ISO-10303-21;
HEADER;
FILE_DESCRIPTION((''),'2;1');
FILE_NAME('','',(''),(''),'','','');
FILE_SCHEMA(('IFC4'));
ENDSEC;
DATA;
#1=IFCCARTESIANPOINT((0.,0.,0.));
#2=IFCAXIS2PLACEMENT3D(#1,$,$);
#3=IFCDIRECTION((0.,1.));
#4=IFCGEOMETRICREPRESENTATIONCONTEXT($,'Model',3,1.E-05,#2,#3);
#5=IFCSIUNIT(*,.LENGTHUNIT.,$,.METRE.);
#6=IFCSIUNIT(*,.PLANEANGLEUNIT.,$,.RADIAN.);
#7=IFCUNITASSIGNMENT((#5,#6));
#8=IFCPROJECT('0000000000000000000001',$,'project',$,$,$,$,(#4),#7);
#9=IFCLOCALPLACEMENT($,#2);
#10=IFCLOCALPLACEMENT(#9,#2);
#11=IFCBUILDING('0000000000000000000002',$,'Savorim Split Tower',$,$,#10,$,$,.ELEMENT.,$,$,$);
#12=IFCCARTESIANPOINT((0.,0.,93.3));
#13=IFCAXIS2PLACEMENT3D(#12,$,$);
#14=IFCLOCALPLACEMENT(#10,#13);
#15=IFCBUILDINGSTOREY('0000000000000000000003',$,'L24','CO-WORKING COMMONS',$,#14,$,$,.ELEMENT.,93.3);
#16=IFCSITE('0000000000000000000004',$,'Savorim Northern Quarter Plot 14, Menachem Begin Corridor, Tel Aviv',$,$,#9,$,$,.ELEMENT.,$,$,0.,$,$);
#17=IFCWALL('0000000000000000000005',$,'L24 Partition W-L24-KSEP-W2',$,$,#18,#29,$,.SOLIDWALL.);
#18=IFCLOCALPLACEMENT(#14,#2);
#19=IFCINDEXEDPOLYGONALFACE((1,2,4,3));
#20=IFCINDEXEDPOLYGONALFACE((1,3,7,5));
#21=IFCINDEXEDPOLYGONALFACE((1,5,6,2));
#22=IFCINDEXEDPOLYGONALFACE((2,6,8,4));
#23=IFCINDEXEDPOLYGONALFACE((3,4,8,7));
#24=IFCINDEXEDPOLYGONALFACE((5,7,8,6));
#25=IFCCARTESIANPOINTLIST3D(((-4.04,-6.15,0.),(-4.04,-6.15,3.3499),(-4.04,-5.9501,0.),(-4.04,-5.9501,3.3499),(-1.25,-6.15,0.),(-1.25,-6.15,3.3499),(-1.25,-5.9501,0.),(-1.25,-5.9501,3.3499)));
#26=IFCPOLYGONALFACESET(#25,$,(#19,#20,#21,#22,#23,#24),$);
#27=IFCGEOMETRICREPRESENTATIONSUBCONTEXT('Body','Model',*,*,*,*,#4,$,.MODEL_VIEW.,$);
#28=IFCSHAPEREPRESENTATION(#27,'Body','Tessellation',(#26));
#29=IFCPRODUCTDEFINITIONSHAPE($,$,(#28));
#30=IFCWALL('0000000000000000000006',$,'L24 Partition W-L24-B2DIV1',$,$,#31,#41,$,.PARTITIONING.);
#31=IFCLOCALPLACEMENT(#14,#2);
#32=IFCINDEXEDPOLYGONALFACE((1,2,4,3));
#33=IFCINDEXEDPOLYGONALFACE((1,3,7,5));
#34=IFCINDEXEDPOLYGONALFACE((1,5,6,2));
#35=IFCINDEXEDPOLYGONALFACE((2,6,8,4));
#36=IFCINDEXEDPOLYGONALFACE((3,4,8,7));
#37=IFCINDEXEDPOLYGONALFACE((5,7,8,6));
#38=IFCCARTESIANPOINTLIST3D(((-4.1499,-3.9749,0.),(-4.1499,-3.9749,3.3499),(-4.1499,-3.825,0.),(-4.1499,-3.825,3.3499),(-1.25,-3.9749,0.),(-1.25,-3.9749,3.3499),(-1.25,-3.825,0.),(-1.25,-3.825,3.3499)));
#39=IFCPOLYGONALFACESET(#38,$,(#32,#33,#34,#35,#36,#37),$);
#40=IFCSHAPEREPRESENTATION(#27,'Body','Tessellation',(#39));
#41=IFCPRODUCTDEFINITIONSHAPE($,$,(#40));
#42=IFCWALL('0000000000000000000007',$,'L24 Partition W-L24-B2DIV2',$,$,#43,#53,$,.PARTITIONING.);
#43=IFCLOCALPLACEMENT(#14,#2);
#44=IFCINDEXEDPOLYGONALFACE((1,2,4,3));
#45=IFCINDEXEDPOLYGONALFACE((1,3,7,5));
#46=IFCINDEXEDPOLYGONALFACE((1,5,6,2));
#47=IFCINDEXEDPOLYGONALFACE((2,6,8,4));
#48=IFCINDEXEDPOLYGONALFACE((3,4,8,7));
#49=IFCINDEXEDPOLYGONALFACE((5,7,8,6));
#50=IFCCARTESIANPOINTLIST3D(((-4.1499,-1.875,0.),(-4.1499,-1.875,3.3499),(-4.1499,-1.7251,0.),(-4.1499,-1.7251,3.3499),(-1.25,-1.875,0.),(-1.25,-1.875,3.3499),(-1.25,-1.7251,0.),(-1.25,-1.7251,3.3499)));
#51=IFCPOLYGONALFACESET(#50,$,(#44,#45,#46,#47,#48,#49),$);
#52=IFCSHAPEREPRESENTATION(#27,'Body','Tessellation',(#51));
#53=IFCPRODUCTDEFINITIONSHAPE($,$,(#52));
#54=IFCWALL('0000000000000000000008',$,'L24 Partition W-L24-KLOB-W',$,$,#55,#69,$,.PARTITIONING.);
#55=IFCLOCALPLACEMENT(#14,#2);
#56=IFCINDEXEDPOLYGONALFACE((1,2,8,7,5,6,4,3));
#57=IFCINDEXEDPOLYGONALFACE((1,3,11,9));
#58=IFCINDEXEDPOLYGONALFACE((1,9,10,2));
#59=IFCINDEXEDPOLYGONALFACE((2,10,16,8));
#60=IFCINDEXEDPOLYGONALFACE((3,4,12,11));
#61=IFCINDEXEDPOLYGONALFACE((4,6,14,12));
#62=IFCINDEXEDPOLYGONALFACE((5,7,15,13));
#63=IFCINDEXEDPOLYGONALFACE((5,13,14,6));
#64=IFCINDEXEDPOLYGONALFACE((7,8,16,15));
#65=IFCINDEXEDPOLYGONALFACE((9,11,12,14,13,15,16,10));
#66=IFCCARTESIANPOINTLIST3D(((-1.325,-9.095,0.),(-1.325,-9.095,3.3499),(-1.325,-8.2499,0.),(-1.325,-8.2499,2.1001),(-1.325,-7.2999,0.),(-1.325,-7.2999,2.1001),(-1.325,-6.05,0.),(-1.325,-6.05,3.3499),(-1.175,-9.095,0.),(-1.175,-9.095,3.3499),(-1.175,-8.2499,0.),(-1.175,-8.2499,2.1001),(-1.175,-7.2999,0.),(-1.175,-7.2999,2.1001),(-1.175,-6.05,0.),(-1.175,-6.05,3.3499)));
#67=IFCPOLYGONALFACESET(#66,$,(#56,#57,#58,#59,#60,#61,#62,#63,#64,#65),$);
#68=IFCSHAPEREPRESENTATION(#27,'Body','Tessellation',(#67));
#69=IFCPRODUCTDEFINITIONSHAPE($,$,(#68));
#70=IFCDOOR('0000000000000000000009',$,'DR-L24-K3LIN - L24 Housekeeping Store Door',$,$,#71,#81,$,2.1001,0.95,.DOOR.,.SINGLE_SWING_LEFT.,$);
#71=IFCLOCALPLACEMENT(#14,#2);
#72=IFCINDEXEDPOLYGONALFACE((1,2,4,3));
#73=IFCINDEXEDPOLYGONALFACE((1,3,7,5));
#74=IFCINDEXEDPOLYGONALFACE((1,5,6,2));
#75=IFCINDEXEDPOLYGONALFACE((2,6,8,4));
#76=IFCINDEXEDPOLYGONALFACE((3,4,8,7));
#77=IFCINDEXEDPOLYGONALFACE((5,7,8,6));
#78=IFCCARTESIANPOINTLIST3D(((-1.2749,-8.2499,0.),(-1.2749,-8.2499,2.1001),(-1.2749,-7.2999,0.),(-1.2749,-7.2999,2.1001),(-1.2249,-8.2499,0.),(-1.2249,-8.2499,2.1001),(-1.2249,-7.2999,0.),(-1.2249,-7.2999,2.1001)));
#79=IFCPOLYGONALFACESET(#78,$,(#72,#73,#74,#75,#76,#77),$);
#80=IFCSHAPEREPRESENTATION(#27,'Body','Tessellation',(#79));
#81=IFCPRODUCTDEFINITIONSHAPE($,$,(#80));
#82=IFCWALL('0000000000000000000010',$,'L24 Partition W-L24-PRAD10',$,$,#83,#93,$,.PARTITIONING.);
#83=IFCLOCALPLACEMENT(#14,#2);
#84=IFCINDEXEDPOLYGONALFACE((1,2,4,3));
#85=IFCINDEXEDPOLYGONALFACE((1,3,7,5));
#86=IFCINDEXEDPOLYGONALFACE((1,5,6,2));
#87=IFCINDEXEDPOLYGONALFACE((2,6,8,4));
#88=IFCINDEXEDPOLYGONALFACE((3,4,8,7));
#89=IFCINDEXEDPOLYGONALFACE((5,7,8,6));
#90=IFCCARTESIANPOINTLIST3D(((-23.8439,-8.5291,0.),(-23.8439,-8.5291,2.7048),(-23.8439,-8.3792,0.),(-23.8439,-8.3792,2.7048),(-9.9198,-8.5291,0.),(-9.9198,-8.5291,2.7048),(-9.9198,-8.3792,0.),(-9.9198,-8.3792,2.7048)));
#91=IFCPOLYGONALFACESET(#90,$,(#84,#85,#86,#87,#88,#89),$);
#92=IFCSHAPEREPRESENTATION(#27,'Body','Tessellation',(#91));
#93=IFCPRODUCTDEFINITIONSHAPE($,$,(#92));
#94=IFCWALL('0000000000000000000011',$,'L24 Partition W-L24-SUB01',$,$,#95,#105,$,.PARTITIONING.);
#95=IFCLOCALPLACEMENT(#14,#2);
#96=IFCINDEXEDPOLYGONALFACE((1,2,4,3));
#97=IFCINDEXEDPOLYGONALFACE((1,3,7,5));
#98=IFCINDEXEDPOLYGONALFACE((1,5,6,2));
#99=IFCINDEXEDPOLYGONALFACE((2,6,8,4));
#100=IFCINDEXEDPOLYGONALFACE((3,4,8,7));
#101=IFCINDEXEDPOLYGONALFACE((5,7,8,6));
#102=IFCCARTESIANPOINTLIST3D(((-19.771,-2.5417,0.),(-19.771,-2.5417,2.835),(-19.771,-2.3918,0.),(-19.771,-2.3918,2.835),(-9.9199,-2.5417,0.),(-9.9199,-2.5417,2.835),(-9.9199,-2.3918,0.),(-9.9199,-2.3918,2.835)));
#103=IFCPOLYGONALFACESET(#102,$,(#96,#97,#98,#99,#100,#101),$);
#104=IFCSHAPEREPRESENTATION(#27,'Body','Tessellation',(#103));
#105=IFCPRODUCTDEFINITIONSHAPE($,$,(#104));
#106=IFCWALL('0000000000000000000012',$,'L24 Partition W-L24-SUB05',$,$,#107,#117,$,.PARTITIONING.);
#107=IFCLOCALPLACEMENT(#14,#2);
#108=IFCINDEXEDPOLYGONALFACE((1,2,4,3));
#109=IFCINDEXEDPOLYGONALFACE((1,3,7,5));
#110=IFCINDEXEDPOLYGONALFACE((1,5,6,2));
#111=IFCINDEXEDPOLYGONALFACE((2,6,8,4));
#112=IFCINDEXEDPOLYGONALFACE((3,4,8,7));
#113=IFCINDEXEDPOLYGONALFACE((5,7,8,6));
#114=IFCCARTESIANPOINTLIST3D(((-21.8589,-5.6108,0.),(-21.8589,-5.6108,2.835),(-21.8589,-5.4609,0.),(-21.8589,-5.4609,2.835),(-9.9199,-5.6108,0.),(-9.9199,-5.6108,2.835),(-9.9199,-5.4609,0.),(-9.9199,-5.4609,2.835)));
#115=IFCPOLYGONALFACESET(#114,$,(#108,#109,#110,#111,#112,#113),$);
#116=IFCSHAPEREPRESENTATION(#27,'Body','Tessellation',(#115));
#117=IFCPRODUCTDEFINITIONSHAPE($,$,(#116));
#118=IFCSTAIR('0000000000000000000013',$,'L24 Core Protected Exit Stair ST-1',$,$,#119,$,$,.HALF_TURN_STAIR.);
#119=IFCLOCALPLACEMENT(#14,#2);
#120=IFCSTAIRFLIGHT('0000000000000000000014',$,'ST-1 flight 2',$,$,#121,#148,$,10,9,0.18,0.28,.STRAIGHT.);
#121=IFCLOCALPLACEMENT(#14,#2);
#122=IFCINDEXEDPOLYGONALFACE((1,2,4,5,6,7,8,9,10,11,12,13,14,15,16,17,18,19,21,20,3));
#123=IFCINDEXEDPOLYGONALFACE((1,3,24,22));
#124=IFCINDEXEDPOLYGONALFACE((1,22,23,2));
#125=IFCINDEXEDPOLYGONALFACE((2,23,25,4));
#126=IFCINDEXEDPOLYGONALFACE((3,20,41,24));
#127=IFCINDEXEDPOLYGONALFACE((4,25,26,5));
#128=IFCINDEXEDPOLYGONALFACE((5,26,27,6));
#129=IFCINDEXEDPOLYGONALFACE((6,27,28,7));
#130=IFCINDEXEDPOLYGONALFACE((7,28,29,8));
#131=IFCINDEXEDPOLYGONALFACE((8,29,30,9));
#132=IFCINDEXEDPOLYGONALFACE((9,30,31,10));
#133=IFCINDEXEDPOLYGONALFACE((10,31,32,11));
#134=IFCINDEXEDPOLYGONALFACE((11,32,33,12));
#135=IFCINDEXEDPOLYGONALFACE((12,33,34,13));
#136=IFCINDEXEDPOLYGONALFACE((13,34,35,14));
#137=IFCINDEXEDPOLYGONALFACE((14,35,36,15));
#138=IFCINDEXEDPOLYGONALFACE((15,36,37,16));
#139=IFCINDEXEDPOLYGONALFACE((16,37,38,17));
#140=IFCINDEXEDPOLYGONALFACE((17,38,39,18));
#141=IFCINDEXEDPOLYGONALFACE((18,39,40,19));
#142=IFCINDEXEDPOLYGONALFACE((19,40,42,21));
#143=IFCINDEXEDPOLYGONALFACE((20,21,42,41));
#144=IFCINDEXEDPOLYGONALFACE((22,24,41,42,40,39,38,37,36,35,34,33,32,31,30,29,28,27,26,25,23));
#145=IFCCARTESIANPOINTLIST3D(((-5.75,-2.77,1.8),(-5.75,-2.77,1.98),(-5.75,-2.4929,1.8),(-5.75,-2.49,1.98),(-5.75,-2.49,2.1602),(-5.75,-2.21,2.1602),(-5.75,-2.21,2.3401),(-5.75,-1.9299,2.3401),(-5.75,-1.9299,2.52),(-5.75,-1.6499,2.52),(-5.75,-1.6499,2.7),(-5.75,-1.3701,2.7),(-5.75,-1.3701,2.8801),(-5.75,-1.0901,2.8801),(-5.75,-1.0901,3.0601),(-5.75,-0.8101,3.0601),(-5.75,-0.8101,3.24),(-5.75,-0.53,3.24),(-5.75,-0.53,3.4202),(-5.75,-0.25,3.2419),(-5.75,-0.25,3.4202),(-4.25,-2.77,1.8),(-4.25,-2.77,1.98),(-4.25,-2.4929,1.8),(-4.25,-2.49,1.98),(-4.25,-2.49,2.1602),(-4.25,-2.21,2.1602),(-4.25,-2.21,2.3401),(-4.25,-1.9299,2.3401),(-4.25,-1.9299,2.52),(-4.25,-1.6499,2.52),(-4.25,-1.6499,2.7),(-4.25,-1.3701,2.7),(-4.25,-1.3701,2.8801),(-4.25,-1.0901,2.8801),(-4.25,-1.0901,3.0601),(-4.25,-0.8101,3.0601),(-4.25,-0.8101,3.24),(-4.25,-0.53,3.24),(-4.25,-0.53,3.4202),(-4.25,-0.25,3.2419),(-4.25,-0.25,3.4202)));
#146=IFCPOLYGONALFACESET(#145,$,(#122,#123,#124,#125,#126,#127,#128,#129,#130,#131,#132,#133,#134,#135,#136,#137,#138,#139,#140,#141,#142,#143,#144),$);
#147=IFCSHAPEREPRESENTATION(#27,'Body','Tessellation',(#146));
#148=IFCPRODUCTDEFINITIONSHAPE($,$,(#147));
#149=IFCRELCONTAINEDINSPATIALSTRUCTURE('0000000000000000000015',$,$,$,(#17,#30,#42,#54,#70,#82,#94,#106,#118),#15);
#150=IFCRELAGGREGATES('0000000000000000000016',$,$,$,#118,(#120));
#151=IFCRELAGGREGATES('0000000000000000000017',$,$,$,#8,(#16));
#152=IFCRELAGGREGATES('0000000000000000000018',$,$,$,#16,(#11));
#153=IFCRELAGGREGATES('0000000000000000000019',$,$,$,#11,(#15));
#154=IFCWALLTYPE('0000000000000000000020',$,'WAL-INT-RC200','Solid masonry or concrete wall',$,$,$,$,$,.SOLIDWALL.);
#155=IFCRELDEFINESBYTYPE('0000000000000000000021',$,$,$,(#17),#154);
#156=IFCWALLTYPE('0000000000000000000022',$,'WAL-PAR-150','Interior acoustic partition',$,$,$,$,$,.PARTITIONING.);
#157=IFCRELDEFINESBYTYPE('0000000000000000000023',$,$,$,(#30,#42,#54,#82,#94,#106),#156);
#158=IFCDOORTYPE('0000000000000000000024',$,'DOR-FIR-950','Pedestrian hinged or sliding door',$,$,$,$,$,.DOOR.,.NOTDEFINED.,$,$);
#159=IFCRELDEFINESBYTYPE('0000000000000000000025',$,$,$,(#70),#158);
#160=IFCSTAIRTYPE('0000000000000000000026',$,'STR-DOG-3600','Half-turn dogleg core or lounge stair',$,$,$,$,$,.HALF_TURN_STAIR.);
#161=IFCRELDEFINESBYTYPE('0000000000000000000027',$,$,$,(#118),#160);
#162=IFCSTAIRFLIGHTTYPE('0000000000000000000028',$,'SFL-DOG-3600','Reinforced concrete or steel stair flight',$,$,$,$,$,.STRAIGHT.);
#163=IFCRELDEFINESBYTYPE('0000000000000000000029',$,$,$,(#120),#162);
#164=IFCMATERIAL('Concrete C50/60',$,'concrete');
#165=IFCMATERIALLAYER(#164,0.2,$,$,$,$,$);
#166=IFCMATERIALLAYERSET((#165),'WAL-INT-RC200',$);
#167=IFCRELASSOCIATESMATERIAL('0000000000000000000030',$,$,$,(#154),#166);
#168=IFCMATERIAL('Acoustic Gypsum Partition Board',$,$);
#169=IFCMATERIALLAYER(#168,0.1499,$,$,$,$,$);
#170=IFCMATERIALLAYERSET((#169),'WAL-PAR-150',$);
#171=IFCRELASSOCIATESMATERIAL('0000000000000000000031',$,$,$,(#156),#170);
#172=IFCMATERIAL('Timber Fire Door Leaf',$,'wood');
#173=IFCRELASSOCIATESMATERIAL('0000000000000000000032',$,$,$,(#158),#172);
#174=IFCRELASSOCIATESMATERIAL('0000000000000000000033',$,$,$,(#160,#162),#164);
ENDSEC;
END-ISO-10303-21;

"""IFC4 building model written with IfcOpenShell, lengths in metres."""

from ifc_helpers import new_model, si_unit, direction, frame, frame_2d, origin, place, context, subcontext, project, spatial, polyline, rectangle, outline, extrude, material, layer, layer_set, type_object, element, fill, aggregate, save


model = new_model("IFC4")

# Units and contexts
model_context = context("Model", 3, precision=1e-05, world=origin(), true_north=direction((0.0, 1.0)))
body_context = subcontext(model_context, "Body", "Model", "MODEL_VIEW")
ifc_project = project(units=[si_unit("LENGTHUNIT", "METRE"), si_unit("PLANEANGLEUNIT", "RADIAN")], contexts=[model_context])

# Site, building, storey
site_placement = place(None, origin())
site = spatial("IfcSite", under=ifc_project, at=site_placement, Name="Savorim Northern Quarter Plot 14, Menachem Begin Corridor, Tel Aviv", CompositionType="ELEMENT", RefElevation=0.0)
building_placement = place(site_placement, origin())
building = spatial("IfcBuilding", under=site, at=building_placement, Name="Savorim Split Tower", CompositionType="ELEMENT")
storey_placement = place(building_placement, frame((0.0, 0.0, 93.3)))
storey = spatial("IfcBuildingStorey", under=building, at=storey_placement, Name="L24", Description="CO-WORKING COMMONS", CompositionType="ELEMENT", Elevation=93.3)

# Shared definitions
ifc_material_1 = material(Name="Timber Fire Door Leaf", Category="wood")

# Shared definitions
ifc_material_2 = material(Name="Concrete C50/60", Category="concrete")
ifc_layer_1 = layer(ifc_material_2, 0.2)
ifc_layer_set_1 = layer_set([ifc_layer_1], Name="WAL-INT-RC200")
wall_type_1 = type_object("IfcWallType", Name="WAL-INT-RC200", Description="Solid masonry or concrete wall", PredefinedType="SOLIDWALL", material=ifc_layer_set_1)

# Walls
wall_1_placement = place(storey_placement, frame((-4.04, -6.05, 0.0), z_axis=(0.0, 0.0, 1.0), x_axis=(1.0, 0.0, 0.0)))
element("IfcWall", 1, at=wall_1_placement, inside=storey, type_object=wall_type_1, Name="L24 Partition W-L24-KSEP-W2", PredefinedType="SOLIDWALL", context=body_context, shape_type="SweptSolid", body=[
    extrude(rectangle(XDim=2.79, YDim=0.2, at=frame_2d((1.395, 0.0))), origin(), (0.0, 0.0, 1.0), 3.3499),
])
ifc_material_3 = material(Name="Acoustic Gypsum Partition Board")
ifc_layer_2 = layer(ifc_material_3, 0.1499)
ifc_layer_set_2 = layer_set([ifc_layer_2], Name="WAL-PAR-150")
wall_type_2 = type_object("IfcWallType", Name="WAL-PAR-150", Description="Interior acoustic partition", PredefinedType="PARTITIONING", material=ifc_layer_set_2)
for number, where, z_axis, x_axis, name in (
    (2, (-4.1499, -3.8999, 0.0), (0.0, 0.0, 1.0), (1.0, 0.0, 0.0), "L24 Partition W-L24-B2DIV1"),
    (3, (-4.1499, -1.8, 0.0), (0.0, 0.0, 1.0), (1.0, 0.0, 0.0), "L24 Partition W-L24-B2DIV2"),
):
    element("IfcWall", number, at=place(storey_placement, frame(where, z_axis=z_axis, x_axis=x_axis)), inside=storey, type_object=wall_type_2, Name=name, PredefinedType="PARTITIONING", context=body_context, shape_type="SweptSolid", body=[
        extrude(rectangle(XDim=2.8999, YDim=0.1499, at=frame_2d((1.45, 0.0))), origin(), (0.0, 0.0, 1.0), 3.3499),
    ])

# Wall, opening, door
wall_2_placement = place(storey_placement, frame((-1.25, -9.095, 0.0), z_axis=(0.0, 0.0, 1.0), x_axis=(0.0, 1.0, 0.0)))
wall_2 = element("IfcWall", 4, at=wall_2_placement, inside=storey, type_object=wall_type_2, Name="L24 Partition W-L24-KLOB-W", PredefinedType="PARTITIONING", context=body_context, shape_type="SweptSolid", body=[
    extrude(rectangle(XDim=3.0449, YDim=0.1499, at=frame_2d((1.5225, 0.0))), origin(), (0.0, 0.0, 1.0), 3.3499),
])
opening_1_placement = place(wall_2_placement, frame((0.845, 0.0, 0.0)))
opening_1 = element("IfcOpeningElement", 5, at=opening_1_placement, cuts=wall_2, PredefinedType="OPENING", context=body_context, shape_type="SweptSolid", body=[
    extrude(rectangle(XDim=0.95, YDim=2.1001, at=frame_2d((0.4751, 1.05))), frame((0.0, 0.085, 0.0), z_axis=(0.0, -1.0, 0.0), x_axis=(1.0, 0.0, 0.0)), (0.0, 0.0, 1.0), 0.1699),
])
door_type_1 = type_object("IfcDoorType", Name="DOR-FIR-950", Description="Pedestrian hinged or sliding door", OperationType="NOTDEFINED", PredefinedType="DOOR", material=ifc_material_1)
door_1_placement = place(opening_1_placement, origin())
door_1 = element("IfcDoor", 6, at=door_1_placement, inside=storey, type_object=door_type_1, Name="DR-L24-K3LIN - L24 Housekeeping Store Door", OperationType="SINGLE_SWING_LEFT", OverallHeight=2.1001, OverallWidth=0.95, PredefinedType="DOOR", context=body_context, shape_type="SweptSolid", body=[
    extrude(rectangle(XDim=0.95, YDim=2.1001, at=frame_2d((0.4751, 1.05))), frame((0.0, 0.0249, 0.0), z_axis=(0.0, -1.0, 0.0), x_axis=(1.0, 0.0, 0.0)), (0.0, 0.0, 1.0), 0.05),
])
fill(opening_1, door_1)

# Walls
wall_3_placement = place(storey_placement, frame((-9.9199, -8.4541, 0.0), z_axis=(0.0, 0.0, 1.0), x_axis=(-1.0, 0.0, 0.0)))
element("IfcWall", 7, at=wall_3_placement, inside=storey, type_object=wall_type_2, Name="L24 Partition W-L24-PRAD10", PredefinedType="PARTITIONING", context=body_context, shape_type="SweptSolid", body=[
    extrude(rectangle(XDim=13.9241, YDim=0.1499, at=frame_2d((6.9619, 0.0))), origin(), (0.0, 0.0, 1.0), 2.7048),
])
wall_4_placement = place(storey_placement, frame((-9.9199, -2.4668, 0.0), z_axis=(0.0, 0.0, 1.0), x_axis=(-1.0, 0.0, 0.0)))
element("IfcWall", 8, at=wall_4_placement, inside=storey, type_object=wall_type_2, Name="L24 Partition W-L24-SUB01", PredefinedType="PARTITIONING", context=body_context, shape_type="SweptSolid", body=[
    extrude(rectangle(XDim=9.8511, YDim=0.1499, at=frame_2d((4.9255, 0.0))), origin(), (0.0, 0.0, 1.0), 2.835),
])
wall_5_placement = place(storey_placement, frame((-9.9199, -5.5359, 0.0), z_axis=(0.0, 0.0, 1.0), x_axis=(-1.0, 0.0, 0.0)))
element("IfcWall", 9, at=wall_5_placement, inside=storey, type_object=wall_type_2, Name="L24 Partition W-L24-SUB05", PredefinedType="PARTITIONING", context=body_context, shape_type="SweptSolid", body=[
    extrude(rectangle(XDim=11.939, YDim=0.1499, at=frame_2d((5.9695, 0.0))), origin(), (0.0, 0.0, 1.0), 2.835),
])

# Stair, stair flight
stair_type = type_object("IfcStairType", Name="STR-DOG-3600", Description="Half-turn dogleg core or lounge stair", PredefinedType="HALF_TURN_STAIR", material=ifc_material_2)
stair_placement = place(storey_placement, origin())
stair = element("IfcStair", 10, at=stair_placement, inside=storey, type_object=stair_type, Name="L24 Core Protected Exit Stair ST-1", PredefinedType="HALF_TURN_STAIR")
stair_flight_type = type_object("IfcStairFlightType", Name="SFL-DOG-3600", Description="Reinforced concrete or steel stair flight", PredefinedType="STRAIGHT", material=ifc_material_2)
stair_flight_placement = place(storey_placement, frame((-5.0, -2.77, 1.8), z_axis=(0.0, 0.0, 1.0), x_axis=(0.0, 1.0, 0.0)))
stair_flight = element("IfcStairFlight", 11, at=stair_flight_placement, type_object=stair_flight_type, Name="ST-1 flight 2", NumberOfRisers=10, NumberOfTreads=9, PredefinedType="STRAIGHT", RiserHeight=0.18, TreadLength=0.28, context=body_context, shape_type="SweptSolid", body=[
    extrude(outline(polyline([(0.0, 0.0), (0.0, 0.1799), (0.28, 0.1799), (0.28, 0.3601), (0.5601, 0.3601), (0.5601, 0.54), (0.8401, 0.54), (0.8401, 0.72), (1.1201, 0.72), (1.1201, 0.8999), (1.3999, 0.8999), (1.3999, 1.0801), (1.6799, 1.0801), (1.6799, 1.26), (1.96, 1.26), (1.96, 1.4399), (2.24, 1.4399), (2.24, 1.6201), (2.52, 1.6201), (2.52, 1.8), (2.52, 1.4419), (0.2771, 0.0), (0.0, 0.0)])), frame((0.0, 0.75, 0.0), z_axis=(0.0, -1.0, 0.0), x_axis=(1.0, 0.0, 0.0)), (0.0, 0.0, 1.0), 1.5),
])
aggregate(stair, [stair_flight])

save(model, "model.ifc")
